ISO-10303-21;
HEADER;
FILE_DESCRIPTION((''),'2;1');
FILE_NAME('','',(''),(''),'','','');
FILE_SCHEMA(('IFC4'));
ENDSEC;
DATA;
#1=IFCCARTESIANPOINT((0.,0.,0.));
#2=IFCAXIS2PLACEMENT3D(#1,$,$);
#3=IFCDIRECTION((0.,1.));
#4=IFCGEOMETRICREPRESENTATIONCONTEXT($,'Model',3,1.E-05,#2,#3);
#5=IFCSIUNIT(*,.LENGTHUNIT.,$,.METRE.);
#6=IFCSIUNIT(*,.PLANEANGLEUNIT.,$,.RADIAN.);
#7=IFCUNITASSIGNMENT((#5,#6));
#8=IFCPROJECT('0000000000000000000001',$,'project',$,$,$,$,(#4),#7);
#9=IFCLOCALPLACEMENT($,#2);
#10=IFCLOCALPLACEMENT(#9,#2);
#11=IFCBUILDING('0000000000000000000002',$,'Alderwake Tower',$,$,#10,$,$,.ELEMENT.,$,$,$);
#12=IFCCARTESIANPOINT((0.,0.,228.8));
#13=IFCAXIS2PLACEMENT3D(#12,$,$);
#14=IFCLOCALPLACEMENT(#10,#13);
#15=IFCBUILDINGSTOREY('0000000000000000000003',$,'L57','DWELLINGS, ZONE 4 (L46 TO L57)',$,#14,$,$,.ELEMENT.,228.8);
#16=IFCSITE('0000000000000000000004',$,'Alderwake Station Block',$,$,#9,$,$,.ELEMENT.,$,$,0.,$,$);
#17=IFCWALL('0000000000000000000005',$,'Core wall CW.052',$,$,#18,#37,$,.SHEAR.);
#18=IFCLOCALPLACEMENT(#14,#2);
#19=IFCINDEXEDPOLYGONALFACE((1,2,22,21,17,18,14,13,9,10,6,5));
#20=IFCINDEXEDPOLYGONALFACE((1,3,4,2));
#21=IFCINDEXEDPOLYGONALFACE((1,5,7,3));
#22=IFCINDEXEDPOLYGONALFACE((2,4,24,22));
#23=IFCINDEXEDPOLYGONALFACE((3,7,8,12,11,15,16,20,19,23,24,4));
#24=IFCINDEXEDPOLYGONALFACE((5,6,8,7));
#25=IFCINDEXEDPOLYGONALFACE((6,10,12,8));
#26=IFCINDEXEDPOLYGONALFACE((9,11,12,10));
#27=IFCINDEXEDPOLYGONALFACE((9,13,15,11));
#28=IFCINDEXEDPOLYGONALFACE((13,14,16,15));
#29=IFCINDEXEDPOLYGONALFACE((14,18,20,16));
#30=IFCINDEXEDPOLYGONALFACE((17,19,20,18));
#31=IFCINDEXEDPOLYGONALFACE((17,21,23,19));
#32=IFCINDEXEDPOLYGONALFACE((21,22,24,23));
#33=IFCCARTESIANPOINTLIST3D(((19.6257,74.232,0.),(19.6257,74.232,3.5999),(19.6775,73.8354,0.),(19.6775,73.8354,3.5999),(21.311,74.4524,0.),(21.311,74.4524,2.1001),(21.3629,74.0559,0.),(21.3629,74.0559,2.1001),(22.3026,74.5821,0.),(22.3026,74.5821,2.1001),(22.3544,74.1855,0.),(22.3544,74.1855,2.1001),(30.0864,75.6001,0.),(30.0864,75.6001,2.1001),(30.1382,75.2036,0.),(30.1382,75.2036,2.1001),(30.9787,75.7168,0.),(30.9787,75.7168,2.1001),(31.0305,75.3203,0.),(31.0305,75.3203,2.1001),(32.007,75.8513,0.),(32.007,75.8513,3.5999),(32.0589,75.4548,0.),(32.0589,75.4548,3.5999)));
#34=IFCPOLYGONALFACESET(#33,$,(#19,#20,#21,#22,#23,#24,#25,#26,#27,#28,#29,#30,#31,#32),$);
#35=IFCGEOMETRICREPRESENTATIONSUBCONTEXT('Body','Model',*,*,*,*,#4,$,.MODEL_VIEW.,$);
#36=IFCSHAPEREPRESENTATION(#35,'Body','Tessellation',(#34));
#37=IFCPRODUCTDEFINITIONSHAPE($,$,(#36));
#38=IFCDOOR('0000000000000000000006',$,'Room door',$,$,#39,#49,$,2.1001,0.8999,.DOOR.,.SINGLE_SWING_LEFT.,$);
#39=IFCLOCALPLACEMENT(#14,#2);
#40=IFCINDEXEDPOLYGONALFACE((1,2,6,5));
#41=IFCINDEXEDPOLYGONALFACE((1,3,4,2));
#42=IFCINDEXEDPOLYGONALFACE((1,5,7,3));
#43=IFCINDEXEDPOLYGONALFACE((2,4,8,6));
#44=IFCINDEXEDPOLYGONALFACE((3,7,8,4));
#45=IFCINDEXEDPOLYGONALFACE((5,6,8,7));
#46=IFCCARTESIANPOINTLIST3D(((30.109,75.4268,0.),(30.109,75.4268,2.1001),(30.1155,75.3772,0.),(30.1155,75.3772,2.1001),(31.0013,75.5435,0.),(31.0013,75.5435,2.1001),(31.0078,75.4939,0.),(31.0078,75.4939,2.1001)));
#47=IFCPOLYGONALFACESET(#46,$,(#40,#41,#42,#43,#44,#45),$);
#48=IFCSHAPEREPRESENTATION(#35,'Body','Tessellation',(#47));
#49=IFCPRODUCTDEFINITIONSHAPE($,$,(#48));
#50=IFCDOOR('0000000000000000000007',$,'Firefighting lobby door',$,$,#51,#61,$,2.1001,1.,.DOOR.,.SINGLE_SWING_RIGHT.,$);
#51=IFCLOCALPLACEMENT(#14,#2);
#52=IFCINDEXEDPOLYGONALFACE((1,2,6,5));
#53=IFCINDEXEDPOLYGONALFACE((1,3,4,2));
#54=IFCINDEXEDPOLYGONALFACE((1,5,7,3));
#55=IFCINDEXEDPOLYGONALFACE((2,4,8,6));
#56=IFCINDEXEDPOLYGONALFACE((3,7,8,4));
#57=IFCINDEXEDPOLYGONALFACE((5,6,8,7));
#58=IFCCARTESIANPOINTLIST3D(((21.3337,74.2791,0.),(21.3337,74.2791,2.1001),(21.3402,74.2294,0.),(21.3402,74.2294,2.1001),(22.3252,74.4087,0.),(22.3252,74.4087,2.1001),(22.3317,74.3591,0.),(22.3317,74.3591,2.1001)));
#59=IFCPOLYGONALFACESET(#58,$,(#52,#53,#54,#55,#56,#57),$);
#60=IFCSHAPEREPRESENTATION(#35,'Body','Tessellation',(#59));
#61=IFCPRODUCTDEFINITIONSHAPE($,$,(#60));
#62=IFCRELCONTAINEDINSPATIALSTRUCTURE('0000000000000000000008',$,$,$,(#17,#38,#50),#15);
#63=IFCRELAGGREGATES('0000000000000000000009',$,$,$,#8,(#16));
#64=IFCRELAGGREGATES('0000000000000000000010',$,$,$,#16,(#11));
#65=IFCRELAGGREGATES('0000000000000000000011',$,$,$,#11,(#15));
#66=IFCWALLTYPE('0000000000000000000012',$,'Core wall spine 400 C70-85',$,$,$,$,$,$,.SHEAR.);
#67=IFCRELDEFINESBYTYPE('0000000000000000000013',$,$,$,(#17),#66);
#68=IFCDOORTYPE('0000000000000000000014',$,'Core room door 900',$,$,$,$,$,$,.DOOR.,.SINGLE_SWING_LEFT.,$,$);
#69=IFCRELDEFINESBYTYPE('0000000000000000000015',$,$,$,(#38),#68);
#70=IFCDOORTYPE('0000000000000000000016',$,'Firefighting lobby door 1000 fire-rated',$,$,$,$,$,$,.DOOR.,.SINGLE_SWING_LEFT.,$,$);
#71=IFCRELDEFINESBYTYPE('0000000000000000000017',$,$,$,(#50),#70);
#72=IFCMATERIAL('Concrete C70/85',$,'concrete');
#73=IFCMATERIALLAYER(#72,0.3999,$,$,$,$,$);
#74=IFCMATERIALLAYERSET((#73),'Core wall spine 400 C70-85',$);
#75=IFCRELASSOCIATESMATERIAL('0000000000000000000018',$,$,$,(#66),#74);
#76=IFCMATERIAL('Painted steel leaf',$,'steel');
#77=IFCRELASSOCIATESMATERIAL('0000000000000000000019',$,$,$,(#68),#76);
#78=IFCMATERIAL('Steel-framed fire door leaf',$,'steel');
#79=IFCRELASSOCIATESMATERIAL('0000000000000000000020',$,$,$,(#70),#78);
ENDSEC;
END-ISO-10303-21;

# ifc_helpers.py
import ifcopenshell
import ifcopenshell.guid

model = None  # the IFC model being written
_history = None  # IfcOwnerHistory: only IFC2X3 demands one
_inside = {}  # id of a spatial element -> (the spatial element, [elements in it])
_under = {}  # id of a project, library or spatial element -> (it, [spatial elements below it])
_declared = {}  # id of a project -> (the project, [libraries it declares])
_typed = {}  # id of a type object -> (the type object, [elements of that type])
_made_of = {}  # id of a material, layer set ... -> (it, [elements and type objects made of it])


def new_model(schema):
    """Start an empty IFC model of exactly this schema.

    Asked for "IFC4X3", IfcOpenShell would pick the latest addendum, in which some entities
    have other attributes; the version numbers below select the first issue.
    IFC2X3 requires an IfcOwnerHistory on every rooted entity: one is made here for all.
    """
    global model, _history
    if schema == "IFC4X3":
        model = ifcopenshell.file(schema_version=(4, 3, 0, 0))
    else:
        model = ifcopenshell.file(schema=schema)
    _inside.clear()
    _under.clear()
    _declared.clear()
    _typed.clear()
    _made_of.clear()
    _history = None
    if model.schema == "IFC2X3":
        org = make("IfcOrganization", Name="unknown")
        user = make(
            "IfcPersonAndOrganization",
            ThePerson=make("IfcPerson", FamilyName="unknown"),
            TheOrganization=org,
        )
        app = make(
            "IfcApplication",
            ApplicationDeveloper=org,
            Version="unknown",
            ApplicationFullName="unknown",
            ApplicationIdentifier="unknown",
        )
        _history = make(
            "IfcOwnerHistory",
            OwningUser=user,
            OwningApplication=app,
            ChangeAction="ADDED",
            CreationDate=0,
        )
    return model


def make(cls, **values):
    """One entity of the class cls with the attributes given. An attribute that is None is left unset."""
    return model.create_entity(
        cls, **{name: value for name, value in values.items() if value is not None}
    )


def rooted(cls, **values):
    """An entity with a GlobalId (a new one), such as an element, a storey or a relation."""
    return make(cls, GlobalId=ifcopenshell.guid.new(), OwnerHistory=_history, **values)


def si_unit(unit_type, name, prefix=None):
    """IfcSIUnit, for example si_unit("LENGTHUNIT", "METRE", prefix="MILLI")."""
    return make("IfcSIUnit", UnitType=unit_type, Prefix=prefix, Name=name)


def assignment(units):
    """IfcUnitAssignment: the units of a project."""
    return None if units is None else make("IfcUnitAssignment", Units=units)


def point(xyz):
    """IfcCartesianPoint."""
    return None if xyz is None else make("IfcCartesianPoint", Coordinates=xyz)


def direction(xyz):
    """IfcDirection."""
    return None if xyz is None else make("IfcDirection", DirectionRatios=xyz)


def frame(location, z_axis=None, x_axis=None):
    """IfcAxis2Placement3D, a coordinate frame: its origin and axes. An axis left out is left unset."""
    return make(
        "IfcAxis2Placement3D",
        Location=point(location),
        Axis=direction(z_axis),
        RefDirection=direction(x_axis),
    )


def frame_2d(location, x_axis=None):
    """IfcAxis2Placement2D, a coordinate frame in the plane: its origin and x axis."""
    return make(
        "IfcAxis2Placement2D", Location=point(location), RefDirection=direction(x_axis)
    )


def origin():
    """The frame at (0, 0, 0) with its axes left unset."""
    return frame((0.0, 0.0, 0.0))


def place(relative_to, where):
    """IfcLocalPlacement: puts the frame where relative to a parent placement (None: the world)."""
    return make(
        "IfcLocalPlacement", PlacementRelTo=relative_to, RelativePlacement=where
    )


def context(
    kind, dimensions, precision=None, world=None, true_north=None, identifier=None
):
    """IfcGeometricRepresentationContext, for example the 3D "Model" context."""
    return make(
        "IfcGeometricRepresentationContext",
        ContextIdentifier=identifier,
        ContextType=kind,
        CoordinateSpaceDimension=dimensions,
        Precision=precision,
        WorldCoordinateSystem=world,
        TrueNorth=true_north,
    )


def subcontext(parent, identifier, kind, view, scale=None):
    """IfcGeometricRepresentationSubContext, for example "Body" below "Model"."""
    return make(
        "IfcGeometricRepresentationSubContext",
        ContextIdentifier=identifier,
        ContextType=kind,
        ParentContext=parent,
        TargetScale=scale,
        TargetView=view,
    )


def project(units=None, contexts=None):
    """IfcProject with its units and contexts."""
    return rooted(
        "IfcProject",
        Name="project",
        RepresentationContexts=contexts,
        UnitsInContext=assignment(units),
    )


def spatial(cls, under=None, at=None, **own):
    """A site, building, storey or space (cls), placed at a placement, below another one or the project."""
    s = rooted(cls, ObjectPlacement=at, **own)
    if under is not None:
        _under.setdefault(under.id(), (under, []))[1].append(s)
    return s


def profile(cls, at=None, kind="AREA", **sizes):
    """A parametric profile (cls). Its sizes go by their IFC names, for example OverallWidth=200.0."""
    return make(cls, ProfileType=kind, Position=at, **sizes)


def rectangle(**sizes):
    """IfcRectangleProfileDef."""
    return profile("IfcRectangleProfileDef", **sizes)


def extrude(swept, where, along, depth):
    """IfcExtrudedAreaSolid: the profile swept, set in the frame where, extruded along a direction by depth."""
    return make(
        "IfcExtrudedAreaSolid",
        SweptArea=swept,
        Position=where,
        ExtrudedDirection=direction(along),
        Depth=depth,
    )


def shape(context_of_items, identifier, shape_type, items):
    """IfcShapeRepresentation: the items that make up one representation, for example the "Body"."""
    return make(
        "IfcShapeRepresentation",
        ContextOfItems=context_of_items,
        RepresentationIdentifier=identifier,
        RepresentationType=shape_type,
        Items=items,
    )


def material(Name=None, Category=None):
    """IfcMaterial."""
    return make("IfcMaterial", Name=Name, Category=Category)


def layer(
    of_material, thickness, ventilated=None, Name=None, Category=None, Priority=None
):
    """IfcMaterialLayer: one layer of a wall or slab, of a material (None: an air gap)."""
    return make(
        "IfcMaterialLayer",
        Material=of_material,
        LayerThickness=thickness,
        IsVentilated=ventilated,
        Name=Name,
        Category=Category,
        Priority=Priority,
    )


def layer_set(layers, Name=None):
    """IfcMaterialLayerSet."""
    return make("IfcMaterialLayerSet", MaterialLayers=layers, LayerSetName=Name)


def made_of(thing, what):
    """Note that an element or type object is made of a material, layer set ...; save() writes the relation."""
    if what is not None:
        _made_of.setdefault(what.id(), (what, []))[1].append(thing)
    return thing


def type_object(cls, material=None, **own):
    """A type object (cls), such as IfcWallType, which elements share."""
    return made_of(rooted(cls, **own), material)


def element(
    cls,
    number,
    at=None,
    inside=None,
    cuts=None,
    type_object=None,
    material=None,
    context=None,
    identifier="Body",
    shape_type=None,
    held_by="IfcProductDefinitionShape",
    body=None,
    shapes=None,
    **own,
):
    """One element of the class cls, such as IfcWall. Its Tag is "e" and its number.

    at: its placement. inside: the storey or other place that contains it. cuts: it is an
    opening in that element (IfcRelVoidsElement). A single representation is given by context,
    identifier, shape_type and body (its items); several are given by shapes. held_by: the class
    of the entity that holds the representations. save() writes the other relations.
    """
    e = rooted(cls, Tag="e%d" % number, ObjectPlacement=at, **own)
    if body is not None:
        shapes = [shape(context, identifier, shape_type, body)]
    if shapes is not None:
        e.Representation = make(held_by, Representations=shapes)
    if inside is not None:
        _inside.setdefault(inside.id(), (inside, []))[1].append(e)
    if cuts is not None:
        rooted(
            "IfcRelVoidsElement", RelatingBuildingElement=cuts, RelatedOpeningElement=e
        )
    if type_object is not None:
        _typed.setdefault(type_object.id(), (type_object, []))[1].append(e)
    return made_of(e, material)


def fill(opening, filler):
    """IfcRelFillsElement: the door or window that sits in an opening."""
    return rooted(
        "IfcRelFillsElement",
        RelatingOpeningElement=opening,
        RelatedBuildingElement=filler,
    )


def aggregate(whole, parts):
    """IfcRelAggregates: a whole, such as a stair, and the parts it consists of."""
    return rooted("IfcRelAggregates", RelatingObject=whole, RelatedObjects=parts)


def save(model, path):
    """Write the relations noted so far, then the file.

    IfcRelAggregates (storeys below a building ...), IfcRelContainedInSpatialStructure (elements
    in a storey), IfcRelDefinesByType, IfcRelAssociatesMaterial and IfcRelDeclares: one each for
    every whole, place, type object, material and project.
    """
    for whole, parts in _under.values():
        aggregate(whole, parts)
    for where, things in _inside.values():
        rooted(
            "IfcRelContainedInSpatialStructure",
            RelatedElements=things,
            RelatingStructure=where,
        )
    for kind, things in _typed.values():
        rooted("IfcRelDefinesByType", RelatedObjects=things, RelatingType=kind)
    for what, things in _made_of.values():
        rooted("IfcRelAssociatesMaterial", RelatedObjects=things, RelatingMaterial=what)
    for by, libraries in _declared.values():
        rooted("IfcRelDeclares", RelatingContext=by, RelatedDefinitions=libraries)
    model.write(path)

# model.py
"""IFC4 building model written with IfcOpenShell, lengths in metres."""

from ifc_helpers import new_model, si_unit, direction, frame, frame_2d, origin, place, context, subcontext, project, spatial, rectangle, extrude, material, layer, layer_set, type_object, element, fill, save


model = new_model("IFC4")

# Units and contexts
model_context = context("Model", 3, precision=1e-05, world=origin(), true_north=direction((0.0, 1.0)))
body_context = subcontext(model_context, "Body", "Model", "MODEL_VIEW")
ifc_project = project(units=[si_unit("LENGTHUNIT", "METRE"), si_unit("PLANEANGLEUNIT", "RADIAN")], contexts=[model_context])

# Site, building, storey
site_placement = place(None, origin())
site = spatial("IfcSite", under=ifc_project, at=site_placement, Name="Alderwake Station Block", CompositionType="ELEMENT", RefElevation=0.0)
building_placement = place(site_placement, origin())
building = spatial("IfcBuilding", under=site, at=building_placement, Name="Alderwake Tower", CompositionType="ELEMENT")
storey_placement = place(building_placement, frame((0.0, 0.0, 228.8)))
storey = spatial("IfcBuildingStorey", under=building, at=storey_placement, Name="L57", Description="DWELLINGS, ZONE 4 (L46 TO L57)", CompositionType="ELEMENT", Elevation=228.8)

# Shared definitions
ifc_material_1 = material(Name="Concrete C70/85", Category="concrete")
ifc_layer_1 = layer(ifc_material_1, 0.3999)
ifc_layer_set_1 = layer_set([ifc_layer_1], Name="Core wall spine 400 C70-85")
wall_type_1 = type_object("IfcWallType", Name="Core wall spine 400 C70-85", PredefinedType="SHEAR", material=ifc_layer_set_1)
ifc_material_2 = material(Name="Painted steel leaf", Category="steel")
door_type_1 = type_object("IfcDoorType", Name="Core room door 900", OperationType="SINGLE_SWING_LEFT", PredefinedType="DOOR", material=ifc_material_2)

# Wall, openings, doors
wall_1_placement = place(storey_placement, frame((32.033, 75.6531, 0.0), z_axis=(0.0, 0.0, 1.0), x_axis=(-0.991555, -0.129688, 0.0)))
wall_1 = element("IfcWall", 1, at=wall_1_placement, inside=storey, type_object=wall_type_1, Name="Core wall CW.052", PredefinedType="SHEAR", context=body_context, shape_type="SweptSolid", body=[
    extrude(rectangle(XDim=12.4868, YDim=0.3999, at=frame_2d((6.2434, 0.0))), origin(), (0.0, 0.0, 1.0), 3.5999),
])
opening_1_placement = place(wall_1_placement, frame((9.7871, 0.0, 0.0)))
opening_1 = element("IfcOpeningElement", 2, at=opening_1_placement, cuts=wall_1, PredefinedType="OPENING", context=body_context, shape_type="SweptSolid", body=[
    extrude(rectangle(XDim=1.0, YDim=2.1001, at=frame_2d((0.5, 1.05))), frame((0.0, 0.21, 0.0), z_axis=(0.0, -1.0, 0.0), x_axis=(1.0, 0.0, 0.0)), (0.0, 0.0, 1.0), 0.4199),
])
opening_2_placement = place(wall_1_placement, frame((1.0371, 0.0, 0.0)))
opening_2 = element("IfcOpeningElement", 3, at=opening_2_placement, cuts=wall_1, PredefinedType="OPENING", context=body_context, shape_type="SweptSolid", body=[
    extrude(rectangle(XDim=0.8999, YDim=2.1001, at=frame_2d((0.45, 1.05))), frame((0.0, 0.21, 0.0), z_axis=(0.0, -1.0, 0.0), x_axis=(1.0, 0.0, 0.0)), (0.0, 0.0, 1.0), 0.4199),
])
door_1_placement = place(opening_2_placement, origin())
door_1 = element("IfcDoor", 4, at=door_1_placement, inside=storey, type_object=door_type_1, Name="Room door", OperationType="SINGLE_SWING_LEFT", OverallHeight=2.1001, OverallWidth=0.8999, PredefinedType="DOOR", context=body_context, shape_type="SweptSolid", body=[
    extrude(rectangle(XDim=0.8999, YDim=2.1001, at=frame_2d((0.45, 1.05))), frame((0.0, 0.0249, 0.0), z_axis=(0.0, -1.0, 0.0), x_axis=(1.0, 0.0, 0.0)), (0.0, 0.0, 1.0), 0.05),
])
fill(opening_2, door_1)
ifc_material_3 = material(Name="Steel-framed fire door leaf", Category="steel")
door_type_2 = type_object("IfcDoorType", Name="Firefighting lobby door 1000 fire-rated", OperationType="SINGLE_SWING_LEFT", PredefinedType="DOOR", material=ifc_material_3)
door_2_placement = place(opening_1_placement, origin())
door_2 = element("IfcDoor", 5, at=door_2_placement, inside=storey, type_object=door_type_2, Name="Firefighting lobby door", OperationType="SINGLE_SWING_RIGHT", OverallHeight=2.1001, OverallWidth=1.0, PredefinedType="DOOR", context=body_context, shape_type="SweptSolid", body=[
    extrude(rectangle(XDim=1.0, YDim=2.1001, at=frame_2d((0.5, 1.05))), frame((0.0, 0.0249, 0.0), z_axis=(0.0, -1.0, 0.0), x_axis=(1.0, 0.0, 0.0)), (0.0, 0.0, 1.0), 0.05),
])
fill(opening_1, door_2)

save(model, "model.ifc")
